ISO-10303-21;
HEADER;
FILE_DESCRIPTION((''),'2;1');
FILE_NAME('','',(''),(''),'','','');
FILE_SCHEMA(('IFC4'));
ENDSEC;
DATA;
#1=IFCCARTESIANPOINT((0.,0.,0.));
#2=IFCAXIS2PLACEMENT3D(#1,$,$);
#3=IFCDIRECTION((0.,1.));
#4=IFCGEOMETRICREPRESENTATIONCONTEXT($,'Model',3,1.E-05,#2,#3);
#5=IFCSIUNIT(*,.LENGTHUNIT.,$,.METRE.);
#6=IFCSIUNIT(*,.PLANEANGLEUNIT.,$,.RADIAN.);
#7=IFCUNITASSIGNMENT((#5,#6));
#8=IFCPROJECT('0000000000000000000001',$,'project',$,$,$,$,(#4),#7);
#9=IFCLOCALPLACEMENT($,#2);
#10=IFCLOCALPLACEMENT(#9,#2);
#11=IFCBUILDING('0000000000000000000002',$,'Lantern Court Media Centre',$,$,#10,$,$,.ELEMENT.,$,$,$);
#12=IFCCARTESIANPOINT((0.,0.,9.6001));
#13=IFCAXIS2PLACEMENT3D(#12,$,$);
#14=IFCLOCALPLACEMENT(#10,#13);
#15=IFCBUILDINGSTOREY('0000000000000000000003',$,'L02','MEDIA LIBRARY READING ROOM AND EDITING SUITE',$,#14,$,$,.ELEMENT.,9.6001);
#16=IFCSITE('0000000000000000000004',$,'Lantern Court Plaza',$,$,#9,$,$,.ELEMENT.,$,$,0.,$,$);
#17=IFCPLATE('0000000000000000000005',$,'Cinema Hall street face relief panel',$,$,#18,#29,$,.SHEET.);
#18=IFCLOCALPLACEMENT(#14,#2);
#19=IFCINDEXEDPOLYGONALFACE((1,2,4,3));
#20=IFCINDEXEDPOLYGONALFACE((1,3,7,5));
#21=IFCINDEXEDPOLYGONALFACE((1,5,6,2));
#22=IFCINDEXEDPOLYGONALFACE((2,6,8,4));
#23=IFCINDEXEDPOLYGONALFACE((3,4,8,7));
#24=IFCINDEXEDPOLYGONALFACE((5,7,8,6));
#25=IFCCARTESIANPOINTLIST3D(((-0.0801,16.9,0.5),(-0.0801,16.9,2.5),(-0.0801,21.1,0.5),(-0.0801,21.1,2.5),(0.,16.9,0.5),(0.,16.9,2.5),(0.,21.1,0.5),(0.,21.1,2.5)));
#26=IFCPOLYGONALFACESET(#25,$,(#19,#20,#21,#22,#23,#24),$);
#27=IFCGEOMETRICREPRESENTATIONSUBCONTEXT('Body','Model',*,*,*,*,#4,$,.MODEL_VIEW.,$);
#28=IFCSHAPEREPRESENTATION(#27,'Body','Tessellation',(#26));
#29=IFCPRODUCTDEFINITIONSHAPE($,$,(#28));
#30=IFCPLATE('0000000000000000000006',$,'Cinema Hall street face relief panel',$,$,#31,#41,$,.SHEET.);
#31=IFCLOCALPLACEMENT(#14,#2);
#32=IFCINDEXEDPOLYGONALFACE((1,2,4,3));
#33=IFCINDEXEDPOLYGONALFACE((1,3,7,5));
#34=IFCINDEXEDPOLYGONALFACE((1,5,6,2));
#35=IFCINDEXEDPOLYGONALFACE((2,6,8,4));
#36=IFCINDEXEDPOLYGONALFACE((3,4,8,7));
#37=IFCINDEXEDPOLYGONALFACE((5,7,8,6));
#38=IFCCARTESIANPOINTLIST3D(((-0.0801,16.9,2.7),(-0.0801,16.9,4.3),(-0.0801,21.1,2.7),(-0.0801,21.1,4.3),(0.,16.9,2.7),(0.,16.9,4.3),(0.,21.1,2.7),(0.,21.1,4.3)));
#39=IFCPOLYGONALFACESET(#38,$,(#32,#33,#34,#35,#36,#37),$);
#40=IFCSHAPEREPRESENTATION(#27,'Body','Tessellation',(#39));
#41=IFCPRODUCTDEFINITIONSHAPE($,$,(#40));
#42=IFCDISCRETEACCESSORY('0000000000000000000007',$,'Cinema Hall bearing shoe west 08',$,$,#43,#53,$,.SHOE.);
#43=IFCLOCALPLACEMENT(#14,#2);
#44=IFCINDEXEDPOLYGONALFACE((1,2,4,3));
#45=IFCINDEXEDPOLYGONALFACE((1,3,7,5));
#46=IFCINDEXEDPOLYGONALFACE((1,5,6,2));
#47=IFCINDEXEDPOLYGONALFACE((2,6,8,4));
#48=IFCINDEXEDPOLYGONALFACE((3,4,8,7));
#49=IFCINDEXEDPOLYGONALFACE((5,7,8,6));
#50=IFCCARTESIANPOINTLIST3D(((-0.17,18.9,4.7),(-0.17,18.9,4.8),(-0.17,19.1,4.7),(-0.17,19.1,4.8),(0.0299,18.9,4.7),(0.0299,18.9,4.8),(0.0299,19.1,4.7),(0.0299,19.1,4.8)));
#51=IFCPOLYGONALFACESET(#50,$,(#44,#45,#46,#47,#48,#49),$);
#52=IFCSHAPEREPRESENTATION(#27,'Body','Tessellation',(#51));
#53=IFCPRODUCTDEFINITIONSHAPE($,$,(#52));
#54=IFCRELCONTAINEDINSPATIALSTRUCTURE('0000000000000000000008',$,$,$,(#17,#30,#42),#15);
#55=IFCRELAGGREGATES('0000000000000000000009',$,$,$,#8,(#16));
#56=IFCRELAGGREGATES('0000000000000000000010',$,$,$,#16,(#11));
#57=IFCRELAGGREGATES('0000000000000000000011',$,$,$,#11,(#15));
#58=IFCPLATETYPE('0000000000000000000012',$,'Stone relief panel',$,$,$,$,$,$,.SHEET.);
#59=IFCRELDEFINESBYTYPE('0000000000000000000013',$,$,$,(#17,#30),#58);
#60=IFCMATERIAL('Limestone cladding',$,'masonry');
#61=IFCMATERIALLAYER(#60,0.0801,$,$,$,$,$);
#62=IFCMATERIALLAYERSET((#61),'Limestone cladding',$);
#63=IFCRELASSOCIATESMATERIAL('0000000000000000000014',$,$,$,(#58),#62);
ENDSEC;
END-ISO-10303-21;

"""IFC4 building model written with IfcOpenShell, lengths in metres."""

from ifc_helpers import new_model, si_unit, direction, frame, origin, origin_2d, place, context, subcontext, project, spatial, rectangle, extrude, material, layer, layer_set, type_object, element, save


model = new_model("IFC4")

# Units and contexts
model_context = context("Model", 3, precision=1e-05, world=origin(), true_north=direction((0.0, 1.0)))
body_context = subcontext(model_context, "Body", "Model", "MODEL_VIEW")
ifc_project = project(units=[si_unit("LENGTHUNIT", "METRE"), si_unit("PLANEANGLEUNIT", "RADIAN")], contexts=[model_context])

# Site, building, storey
site_placement = place(None, origin())
site = spatial("IfcSite", under=ifc_project, at=site_placement, Name="Lantern Court Plaza", CompositionType="ELEMENT", RefElevation=0.0)
building_placement = place(site_placement, origin())
building = spatial("IfcBuilding", under=site, at=building_placement, Name="Lantern Court Media Centre", CompositionType="ELEMENT")
storey_placement = place(building_placement, frame((0.0, 0.0, 9.6001)))
storey = spatial("IfcBuildingStorey", under=building, at=storey_placement, Name="L02", Description="MEDIA LIBRARY READING ROOM AND EDITING SUITE", CompositionType="ELEMENT", Elevation=9.6001)

# Plates
ifc_material_1 = material(Name="Limestone cladding", Category="masonry")
ifc_layer = layer(ifc_material_1, 0.0801)
ifc_layer_set = layer_set([ifc_layer], Name="Limestone cladding")
plate_type = type_object("IfcPlateType", Name="Stone relief panel", PredefinedType="SHEET", material=ifc_layer_set)
plate_1_placement = place(storey_placement, frame((-0.04, 19.0, 0.5), z_axis=(0.0, 0.0, 1.0), x_axis=(1.0, 0.0, 0.0)))
element("IfcPlate", 1, at=plate_1_placement, inside=storey, type_object=plate_type, Name="Cinema Hall street face relief panel", PredefinedType="SHEET", context=body_context, shape_type="SweptSolid", body=[
    extrude(rectangle(XDim=0.0801, YDim=4.2, at=origin_2d()), origin(), (0.0, 0.0, 1.0), 2.0),
])
plate_2_placement = place(storey_placement, frame((-0.04, 19.0, 2.7), z_axis=(0.0, 0.0, 1.0), x_axis=(1.0, 0.0, 0.0)))
element("IfcPlate", 2, at=plate_2_placement, inside=storey, type_object=plate_type, Name="Cinema Hall street face relief panel", PredefinedType="SHEET", context=body_context, shape_type="SweptSolid", body=[
    extrude(rectangle(XDim=0.0801, YDim=4.2, at=origin_2d()), origin(), (0.0, 0.0, 1.0), 1.6001),
])

# Discrete accessory
discrete_accessory_placement = place(storey_placement, frame((-0.0701, 19.0, 4.7), z_axis=(0.0, 0.0, 1.0), x_axis=(1.0, 0.0, 0.0)))
element("IfcDiscreteAccessory", 3, at=discrete_accessory_placement, inside=storey, Name="Cinema Hall bearing shoe west 08", PredefinedType="SHOE", context=body_context, shape_type="SweptSolid", body=[
    extrude(rectangle(XDim=0.2, YDim=0.2, at=origin_2d()), origin(), (0.0, 0.0, 1.0), 0.1001),
])

save(model, "model.ifc")
